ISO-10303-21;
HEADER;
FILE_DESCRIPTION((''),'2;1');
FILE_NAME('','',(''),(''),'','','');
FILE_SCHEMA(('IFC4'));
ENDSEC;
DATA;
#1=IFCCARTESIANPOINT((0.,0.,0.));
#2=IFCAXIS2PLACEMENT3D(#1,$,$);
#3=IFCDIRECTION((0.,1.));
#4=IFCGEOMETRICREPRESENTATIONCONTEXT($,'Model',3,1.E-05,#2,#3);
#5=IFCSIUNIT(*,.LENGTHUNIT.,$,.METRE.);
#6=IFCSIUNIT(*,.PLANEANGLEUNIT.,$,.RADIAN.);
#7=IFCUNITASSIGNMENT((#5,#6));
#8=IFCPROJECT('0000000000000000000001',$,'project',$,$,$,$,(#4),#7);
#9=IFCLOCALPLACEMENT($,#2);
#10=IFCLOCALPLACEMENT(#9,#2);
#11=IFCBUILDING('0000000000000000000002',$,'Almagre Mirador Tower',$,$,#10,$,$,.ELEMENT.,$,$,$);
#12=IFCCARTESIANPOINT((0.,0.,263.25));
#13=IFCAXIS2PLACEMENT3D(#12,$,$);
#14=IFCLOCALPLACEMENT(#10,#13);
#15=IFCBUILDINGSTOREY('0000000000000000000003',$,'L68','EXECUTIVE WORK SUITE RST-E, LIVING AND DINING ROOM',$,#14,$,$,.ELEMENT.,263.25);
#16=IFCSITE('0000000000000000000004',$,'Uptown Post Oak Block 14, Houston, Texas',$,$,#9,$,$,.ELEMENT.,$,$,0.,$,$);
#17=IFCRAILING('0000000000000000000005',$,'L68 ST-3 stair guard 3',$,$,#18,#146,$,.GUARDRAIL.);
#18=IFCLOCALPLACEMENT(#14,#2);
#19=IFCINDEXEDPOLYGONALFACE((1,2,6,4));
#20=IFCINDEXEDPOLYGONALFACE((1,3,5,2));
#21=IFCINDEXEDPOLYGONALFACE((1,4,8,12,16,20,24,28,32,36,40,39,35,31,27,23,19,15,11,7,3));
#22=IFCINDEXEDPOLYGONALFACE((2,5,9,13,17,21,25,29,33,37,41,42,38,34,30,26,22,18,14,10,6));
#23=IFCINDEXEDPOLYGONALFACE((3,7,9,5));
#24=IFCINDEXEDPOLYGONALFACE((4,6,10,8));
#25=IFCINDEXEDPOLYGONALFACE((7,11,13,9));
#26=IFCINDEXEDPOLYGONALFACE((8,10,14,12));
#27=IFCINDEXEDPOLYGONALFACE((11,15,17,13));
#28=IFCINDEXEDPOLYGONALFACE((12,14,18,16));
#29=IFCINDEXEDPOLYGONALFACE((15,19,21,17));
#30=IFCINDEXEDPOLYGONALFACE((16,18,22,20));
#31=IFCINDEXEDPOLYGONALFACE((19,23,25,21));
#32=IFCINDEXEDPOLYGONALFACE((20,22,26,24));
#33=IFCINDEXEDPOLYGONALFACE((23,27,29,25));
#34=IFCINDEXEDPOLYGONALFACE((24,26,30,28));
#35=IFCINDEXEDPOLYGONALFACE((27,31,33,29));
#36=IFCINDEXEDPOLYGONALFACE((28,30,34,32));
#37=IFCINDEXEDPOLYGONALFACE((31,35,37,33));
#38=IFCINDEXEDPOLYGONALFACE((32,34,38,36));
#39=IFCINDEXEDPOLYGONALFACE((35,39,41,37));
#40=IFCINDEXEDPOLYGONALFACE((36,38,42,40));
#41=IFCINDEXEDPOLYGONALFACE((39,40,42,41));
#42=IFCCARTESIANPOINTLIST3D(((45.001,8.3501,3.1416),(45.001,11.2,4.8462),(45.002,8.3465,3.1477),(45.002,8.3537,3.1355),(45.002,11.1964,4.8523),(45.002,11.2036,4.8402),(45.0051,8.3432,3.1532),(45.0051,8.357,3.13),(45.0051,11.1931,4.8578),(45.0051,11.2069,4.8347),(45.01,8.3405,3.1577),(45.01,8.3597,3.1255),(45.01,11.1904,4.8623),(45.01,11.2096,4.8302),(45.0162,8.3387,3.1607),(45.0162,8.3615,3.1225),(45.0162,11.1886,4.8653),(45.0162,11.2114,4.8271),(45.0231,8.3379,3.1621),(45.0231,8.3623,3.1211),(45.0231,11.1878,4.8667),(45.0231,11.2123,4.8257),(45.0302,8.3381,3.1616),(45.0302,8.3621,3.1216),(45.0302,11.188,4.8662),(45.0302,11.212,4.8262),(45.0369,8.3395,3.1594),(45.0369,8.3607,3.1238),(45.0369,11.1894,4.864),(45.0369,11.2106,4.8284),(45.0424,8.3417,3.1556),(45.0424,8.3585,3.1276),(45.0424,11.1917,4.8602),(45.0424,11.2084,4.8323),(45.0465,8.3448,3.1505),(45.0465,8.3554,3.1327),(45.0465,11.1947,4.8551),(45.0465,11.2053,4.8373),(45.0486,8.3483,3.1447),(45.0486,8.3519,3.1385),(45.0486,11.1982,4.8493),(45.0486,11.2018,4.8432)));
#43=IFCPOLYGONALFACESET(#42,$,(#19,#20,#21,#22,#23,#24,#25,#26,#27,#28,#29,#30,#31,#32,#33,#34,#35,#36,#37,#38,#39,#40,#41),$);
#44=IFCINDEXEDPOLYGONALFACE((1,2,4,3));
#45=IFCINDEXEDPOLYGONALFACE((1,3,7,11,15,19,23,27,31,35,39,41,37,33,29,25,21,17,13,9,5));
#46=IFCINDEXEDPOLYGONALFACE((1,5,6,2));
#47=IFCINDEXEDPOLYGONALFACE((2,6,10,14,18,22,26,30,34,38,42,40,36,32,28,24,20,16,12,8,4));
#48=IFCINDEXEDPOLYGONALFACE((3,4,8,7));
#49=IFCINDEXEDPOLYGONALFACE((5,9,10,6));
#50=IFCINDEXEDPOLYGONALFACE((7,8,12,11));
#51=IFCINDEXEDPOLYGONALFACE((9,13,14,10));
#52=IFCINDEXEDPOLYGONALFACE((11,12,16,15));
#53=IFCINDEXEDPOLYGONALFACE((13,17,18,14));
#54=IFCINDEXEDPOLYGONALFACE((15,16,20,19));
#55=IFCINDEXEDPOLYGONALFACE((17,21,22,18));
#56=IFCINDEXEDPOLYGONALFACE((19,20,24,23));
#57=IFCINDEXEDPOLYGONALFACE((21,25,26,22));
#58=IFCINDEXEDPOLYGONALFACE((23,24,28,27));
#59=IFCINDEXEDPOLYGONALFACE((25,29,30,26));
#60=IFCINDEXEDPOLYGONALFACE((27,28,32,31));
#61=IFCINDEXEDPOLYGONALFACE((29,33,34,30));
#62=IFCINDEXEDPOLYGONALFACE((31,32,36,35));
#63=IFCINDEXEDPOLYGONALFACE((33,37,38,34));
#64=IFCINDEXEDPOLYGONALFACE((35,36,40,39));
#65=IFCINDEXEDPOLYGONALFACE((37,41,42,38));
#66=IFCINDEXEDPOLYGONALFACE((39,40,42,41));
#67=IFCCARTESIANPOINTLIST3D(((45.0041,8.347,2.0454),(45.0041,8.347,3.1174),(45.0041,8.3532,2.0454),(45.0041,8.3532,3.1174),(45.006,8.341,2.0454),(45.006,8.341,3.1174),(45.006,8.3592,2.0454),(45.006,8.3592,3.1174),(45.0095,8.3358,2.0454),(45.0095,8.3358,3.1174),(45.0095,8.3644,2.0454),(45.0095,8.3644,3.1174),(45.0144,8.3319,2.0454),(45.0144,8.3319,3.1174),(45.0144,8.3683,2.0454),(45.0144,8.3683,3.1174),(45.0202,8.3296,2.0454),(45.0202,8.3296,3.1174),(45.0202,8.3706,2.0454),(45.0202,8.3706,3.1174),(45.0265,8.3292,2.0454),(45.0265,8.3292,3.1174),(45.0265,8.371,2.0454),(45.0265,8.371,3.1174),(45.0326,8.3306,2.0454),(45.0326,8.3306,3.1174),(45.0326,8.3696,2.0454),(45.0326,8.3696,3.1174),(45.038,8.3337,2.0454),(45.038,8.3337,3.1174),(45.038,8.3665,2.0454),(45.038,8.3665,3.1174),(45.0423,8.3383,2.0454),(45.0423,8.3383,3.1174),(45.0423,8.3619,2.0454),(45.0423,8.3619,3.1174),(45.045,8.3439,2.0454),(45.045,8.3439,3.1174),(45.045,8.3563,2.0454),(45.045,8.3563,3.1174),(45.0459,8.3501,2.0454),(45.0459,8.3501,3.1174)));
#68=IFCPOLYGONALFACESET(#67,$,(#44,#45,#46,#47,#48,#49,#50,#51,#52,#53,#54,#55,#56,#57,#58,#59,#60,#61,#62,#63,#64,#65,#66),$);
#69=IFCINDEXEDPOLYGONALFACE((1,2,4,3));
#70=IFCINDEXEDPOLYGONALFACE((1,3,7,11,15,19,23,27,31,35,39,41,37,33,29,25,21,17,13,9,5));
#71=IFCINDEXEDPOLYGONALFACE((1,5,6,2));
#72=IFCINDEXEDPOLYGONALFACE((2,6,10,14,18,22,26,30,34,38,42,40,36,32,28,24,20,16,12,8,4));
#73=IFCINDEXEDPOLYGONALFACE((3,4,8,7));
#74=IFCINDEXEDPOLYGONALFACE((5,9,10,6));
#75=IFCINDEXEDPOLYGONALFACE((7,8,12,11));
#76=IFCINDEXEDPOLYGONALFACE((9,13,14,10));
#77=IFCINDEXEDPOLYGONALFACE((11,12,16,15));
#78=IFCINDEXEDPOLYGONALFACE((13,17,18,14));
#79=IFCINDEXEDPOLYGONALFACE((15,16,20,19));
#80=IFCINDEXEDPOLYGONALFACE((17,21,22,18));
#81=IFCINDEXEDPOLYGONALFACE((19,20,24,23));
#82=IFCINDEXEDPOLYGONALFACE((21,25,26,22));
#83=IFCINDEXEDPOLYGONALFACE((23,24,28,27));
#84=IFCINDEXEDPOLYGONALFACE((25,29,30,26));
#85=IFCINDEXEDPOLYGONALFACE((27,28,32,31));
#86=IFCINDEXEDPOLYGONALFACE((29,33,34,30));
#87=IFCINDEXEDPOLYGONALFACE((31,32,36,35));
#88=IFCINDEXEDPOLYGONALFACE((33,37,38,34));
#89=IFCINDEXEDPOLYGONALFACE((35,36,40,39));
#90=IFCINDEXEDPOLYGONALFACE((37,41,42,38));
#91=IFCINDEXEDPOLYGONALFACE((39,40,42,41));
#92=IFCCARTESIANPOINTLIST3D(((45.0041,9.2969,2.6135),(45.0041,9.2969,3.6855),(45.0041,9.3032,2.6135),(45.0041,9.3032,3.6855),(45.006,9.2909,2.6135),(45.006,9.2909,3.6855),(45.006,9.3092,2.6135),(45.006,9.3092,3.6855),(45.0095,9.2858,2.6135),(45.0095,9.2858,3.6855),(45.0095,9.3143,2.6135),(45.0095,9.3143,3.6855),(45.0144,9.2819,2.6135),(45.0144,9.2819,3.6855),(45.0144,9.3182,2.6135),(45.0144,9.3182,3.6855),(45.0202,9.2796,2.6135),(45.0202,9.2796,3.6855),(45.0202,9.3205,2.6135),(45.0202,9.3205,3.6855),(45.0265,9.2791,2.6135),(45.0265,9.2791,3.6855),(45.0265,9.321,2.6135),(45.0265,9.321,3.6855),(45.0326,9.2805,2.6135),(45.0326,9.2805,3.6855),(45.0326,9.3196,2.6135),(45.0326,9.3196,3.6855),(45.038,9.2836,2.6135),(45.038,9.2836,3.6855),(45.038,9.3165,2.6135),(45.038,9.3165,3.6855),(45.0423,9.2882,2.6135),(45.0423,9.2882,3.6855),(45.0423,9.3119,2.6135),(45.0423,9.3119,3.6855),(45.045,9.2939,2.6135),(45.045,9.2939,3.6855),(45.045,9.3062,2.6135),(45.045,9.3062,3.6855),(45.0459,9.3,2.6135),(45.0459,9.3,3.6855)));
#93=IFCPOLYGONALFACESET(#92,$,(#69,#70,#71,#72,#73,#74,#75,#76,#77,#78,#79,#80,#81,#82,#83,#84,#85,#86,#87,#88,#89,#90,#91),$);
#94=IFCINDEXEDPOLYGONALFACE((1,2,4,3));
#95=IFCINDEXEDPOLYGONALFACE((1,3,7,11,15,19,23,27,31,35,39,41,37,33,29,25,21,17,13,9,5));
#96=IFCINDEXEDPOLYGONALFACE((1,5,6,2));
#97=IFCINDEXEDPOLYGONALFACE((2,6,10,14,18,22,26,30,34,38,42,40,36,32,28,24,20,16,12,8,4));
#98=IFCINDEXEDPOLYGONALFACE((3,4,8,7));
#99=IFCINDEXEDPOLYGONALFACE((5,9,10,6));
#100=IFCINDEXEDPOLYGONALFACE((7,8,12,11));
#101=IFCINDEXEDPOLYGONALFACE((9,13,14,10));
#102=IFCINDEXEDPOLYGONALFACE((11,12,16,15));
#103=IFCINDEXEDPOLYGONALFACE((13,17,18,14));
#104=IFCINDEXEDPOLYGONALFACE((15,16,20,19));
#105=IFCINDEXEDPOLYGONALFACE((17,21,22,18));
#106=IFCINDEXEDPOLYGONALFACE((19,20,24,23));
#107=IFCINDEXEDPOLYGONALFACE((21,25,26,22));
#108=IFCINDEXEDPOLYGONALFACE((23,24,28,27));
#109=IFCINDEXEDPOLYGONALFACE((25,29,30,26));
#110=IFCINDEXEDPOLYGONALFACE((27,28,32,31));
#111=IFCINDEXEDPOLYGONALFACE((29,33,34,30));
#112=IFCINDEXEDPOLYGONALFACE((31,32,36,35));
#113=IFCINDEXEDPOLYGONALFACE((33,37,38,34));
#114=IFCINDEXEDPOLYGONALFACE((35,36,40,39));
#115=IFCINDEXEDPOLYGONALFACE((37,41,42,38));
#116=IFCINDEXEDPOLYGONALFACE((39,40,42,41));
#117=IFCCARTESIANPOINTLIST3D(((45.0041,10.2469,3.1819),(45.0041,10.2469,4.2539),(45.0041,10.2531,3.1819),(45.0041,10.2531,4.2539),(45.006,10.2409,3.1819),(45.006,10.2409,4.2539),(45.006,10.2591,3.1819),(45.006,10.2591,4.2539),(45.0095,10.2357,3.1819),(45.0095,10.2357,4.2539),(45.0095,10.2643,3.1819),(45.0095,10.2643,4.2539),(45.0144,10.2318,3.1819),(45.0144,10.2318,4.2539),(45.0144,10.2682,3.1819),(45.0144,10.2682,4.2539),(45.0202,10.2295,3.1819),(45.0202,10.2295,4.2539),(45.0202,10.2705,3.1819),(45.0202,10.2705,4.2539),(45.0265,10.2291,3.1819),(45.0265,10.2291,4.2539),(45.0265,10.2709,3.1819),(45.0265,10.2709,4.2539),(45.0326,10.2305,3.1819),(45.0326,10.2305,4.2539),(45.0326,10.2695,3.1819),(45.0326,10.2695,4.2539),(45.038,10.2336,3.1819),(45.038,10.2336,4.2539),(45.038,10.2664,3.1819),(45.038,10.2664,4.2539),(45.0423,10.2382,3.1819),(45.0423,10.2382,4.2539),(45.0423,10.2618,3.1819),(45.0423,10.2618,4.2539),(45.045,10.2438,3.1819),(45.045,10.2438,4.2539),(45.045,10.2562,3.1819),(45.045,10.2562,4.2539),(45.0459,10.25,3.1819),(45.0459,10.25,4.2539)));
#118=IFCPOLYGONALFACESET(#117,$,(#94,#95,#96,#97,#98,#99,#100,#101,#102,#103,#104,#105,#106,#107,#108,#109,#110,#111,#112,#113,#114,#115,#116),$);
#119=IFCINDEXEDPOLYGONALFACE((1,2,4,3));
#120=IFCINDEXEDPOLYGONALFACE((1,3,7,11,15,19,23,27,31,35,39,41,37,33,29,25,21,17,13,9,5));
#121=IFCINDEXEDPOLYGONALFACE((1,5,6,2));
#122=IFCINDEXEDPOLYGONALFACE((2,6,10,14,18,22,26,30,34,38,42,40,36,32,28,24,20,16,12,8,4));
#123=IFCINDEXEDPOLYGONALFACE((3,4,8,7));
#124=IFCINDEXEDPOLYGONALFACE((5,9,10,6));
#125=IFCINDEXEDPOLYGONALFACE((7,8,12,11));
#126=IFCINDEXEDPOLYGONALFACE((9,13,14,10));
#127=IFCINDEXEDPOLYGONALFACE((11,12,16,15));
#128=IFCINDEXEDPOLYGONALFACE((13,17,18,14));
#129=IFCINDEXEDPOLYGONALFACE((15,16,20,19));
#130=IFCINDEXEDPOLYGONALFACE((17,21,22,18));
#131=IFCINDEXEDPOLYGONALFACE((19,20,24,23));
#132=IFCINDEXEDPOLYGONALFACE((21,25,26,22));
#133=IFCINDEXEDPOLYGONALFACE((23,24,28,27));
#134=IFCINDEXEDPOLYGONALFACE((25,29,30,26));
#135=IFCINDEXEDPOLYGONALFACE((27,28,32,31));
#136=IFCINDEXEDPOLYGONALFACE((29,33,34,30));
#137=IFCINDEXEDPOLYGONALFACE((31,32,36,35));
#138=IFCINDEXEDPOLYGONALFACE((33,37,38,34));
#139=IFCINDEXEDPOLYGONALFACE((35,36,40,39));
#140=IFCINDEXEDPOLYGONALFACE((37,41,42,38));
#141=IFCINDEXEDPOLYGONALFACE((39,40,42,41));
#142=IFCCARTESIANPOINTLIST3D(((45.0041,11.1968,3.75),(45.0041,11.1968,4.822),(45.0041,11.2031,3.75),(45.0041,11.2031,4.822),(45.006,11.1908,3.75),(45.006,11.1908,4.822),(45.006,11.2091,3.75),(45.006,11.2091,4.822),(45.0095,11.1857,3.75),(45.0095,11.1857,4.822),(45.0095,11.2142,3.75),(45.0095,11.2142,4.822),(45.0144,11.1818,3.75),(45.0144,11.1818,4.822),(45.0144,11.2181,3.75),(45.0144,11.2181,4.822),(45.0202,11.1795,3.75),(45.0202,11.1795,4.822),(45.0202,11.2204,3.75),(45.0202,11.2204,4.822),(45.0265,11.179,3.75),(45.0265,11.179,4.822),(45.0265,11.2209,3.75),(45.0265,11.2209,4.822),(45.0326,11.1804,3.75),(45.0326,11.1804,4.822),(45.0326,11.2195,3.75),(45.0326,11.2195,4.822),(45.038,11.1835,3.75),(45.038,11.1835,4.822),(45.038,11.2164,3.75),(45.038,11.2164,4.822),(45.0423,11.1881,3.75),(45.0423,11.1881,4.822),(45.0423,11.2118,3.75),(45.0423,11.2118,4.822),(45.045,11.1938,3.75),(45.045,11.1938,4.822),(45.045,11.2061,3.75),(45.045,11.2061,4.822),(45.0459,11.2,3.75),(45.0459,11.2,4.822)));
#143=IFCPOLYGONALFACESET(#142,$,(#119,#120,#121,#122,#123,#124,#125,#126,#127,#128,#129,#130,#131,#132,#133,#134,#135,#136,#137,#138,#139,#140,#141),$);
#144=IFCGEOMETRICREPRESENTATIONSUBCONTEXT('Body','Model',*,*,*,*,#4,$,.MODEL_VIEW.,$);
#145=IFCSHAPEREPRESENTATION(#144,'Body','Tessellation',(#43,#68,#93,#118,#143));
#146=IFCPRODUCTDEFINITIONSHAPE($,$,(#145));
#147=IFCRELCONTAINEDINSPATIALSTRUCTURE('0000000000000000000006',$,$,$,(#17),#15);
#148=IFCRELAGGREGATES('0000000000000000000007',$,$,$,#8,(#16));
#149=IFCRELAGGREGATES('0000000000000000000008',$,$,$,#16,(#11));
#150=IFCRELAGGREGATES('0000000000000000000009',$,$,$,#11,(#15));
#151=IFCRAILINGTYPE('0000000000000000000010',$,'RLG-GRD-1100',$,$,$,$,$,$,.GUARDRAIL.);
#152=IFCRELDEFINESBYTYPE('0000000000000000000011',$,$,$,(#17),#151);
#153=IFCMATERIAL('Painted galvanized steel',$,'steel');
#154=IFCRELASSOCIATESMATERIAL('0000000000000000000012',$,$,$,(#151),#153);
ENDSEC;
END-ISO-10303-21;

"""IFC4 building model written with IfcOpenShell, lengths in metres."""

from ifc_helpers import new_model, si_unit, direction, frame, origin, origin_2d, place, context, subcontext, project, spatial, circle, extrude, material, type_object, element, save


model = new_model("IFC4")

# Units and contexts
model_context = context("Model", 3, precision=1e-05, world=origin(), true_north=direction((0.0, 1.0)))
body_context = subcontext(model_context, "Body", "Model", "MODEL_VIEW")
ifc_project = project(units=[si_unit("LENGTHUNIT", "METRE"), si_unit("PLANEANGLEUNIT", "RADIAN")], contexts=[model_context])

# Site, building, storey
site_placement = place(None, origin())
site = spatial("IfcSite", under=ifc_project, at=site_placement, Name="Uptown Post Oak Block 14, Houston, Texas", CompositionType="ELEMENT", RefElevation=0.0)
building_placement = place(site_placement, origin())
building = spatial("IfcBuilding", under=site, at=building_placement, Name="Almagre Mirador Tower", CompositionType="ELEMENT")
storey_placement = place(building_placement, frame((0.0, 0.0, 263.25)))
storey = spatial("IfcBuildingStorey", under=building, at=storey_placement, Name="L68", Description="EXECUTIVE WORK SUITE RST-E, LIVING AND DINING ROOM", CompositionType="ELEMENT", Elevation=263.25)

# Railing
ifc_material_1 = material(Name="Painted galvanized steel", Category="steel")
railing_type_1 = type_object("IfcRailingType", Name="RLG-GRD-1100", PredefinedType="GUARDRAIL", material=ifc_material_1)
railing_1_placement = place(storey_placement, frame((45.0249, 8.3501, 2.0454)))
element("IfcRailing", 1, at=railing_1_placement, inside=storey, type_object=railing_type_1, Name="L68 ST-3 stair guard 3", PredefinedType="GUARDRAIL", context=body_context, shape_type="SweptSolid", body=[
    extrude(circle(Radius=0.0239, at=origin_2d()), frame((0.0, 0.0, 1.0962), z_axis=(0.0, 0.858199, 0.513317), x_axis=(-1.0, 0.0, 0.0)), (0.0, 0.0, 1.0), 3.3208),
    extrude(circle(Radius=0.021, at=origin_2d()), origin(), (0.0, 0.0, 1.0), 1.072),
    extrude(circle(Radius=0.021, at=origin_2d()), frame((0.0, 0.95, 0.5681)), (0.0, 0.0, 1.0), 1.072),
    extrude(circle(Radius=0.021, at=origin_2d()), frame((0.0, 1.8999, 1.1365)), (0.0, 0.0, 1.0), 1.072),
    extrude(circle(Radius=0.021, at=origin_2d()), frame((0.0, 2.8499, 1.7046)), (0.0, 0.0, 1.0), 1.072),
])

save(model, "model.ifc")
